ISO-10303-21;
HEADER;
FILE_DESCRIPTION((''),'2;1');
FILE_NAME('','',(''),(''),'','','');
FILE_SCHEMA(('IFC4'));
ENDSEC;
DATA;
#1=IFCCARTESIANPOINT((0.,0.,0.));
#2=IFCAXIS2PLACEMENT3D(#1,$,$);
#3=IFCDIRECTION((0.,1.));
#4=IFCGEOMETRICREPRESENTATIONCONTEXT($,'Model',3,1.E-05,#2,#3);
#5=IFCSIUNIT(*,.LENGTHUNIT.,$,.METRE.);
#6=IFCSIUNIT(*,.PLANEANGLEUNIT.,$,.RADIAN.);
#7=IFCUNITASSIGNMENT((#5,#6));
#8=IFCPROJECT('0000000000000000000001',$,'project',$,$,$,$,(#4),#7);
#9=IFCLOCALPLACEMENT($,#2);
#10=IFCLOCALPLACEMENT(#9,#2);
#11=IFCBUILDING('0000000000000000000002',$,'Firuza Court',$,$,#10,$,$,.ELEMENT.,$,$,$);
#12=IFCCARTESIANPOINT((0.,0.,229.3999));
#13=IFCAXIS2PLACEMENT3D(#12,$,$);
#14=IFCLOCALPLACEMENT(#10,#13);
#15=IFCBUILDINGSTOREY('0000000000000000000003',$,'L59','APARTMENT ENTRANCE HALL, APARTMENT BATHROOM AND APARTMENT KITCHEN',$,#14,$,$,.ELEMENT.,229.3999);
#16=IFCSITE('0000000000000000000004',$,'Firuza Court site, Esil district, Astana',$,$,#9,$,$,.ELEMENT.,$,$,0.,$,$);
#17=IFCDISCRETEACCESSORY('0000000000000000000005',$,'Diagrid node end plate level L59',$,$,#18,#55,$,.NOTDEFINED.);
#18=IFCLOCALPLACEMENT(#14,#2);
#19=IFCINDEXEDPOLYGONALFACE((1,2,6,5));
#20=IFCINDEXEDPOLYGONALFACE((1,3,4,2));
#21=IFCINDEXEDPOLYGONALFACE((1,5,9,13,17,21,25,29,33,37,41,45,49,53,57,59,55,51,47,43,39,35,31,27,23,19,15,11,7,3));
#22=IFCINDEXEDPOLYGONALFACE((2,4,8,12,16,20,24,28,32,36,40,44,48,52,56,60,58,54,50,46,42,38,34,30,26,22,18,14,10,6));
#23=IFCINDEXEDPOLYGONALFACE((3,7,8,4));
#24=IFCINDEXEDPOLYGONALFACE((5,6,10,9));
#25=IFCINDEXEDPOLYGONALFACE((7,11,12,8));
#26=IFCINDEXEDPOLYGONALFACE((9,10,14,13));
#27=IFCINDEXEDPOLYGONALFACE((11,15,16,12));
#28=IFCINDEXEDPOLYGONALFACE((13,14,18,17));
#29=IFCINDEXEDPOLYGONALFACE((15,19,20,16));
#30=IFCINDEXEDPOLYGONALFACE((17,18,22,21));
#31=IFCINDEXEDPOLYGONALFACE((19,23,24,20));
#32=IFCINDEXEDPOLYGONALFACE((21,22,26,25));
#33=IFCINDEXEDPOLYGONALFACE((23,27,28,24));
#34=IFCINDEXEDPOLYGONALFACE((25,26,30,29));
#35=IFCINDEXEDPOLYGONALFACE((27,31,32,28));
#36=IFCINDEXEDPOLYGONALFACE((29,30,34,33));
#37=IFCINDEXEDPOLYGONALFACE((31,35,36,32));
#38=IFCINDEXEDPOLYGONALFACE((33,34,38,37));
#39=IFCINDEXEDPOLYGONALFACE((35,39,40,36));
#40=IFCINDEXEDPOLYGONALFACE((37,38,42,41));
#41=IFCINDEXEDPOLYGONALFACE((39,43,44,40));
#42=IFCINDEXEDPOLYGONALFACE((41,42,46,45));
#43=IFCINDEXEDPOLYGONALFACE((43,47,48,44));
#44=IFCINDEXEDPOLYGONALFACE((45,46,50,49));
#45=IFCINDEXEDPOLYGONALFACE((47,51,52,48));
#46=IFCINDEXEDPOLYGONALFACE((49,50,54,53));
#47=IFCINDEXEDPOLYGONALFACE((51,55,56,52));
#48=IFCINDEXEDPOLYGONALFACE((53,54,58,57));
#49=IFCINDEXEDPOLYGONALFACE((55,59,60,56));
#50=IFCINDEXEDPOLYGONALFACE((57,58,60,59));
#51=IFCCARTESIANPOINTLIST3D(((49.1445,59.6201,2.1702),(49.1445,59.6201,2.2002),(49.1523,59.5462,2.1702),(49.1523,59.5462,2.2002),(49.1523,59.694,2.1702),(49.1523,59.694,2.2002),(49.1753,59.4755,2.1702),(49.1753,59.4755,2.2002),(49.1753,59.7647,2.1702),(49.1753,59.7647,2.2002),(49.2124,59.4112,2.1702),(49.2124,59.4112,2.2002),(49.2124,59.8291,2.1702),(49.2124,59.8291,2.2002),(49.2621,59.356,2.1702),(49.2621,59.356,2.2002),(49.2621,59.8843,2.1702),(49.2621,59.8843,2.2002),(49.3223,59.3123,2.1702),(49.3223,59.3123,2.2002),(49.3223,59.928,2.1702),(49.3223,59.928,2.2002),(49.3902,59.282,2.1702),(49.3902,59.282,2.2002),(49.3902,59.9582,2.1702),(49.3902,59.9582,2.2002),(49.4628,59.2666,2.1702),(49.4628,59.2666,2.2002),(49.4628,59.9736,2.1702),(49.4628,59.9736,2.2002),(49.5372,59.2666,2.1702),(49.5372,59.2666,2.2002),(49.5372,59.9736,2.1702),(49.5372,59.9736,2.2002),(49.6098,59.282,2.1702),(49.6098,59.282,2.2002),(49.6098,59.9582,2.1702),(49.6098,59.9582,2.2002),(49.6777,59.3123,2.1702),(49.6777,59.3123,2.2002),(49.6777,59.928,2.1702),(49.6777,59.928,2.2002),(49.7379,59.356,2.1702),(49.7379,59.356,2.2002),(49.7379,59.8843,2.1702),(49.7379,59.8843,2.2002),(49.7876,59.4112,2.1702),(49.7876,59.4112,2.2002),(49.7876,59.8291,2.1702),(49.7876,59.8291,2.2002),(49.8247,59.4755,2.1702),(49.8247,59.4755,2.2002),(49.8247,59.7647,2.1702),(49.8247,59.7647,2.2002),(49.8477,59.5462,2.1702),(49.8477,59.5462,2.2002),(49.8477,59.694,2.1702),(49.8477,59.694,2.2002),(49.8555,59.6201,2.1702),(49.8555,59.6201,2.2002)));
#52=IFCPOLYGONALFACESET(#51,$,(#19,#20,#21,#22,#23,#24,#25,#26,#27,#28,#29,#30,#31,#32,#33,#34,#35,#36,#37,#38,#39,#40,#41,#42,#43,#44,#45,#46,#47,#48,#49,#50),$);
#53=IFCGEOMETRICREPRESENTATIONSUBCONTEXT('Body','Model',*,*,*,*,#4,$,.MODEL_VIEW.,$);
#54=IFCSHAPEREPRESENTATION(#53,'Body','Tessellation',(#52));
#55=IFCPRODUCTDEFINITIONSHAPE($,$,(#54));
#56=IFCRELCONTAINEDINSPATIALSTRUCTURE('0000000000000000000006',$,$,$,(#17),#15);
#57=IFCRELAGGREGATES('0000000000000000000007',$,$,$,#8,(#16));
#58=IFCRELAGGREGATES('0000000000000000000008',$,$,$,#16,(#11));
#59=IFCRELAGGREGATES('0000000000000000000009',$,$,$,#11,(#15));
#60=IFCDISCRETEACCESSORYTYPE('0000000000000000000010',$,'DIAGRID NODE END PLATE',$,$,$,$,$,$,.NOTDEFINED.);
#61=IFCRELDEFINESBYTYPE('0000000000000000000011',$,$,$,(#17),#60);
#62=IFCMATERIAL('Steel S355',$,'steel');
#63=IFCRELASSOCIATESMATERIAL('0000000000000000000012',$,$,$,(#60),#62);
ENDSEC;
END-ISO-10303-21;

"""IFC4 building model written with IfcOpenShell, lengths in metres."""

from ifc_helpers import new_model, si_unit, direction, frame, origin, origin_2d, place, context, subcontext, project, spatial, circle, extrude, material, material_profile, profile_set, type_object, element, save


model = new_model("IFC4")

# Units and contexts
model_context = context("Model", 3, precision=1e-05, world=origin(), true_north=direction((0.0, 1.0)))
body_context = subcontext(model_context, "Body", "Model", "MODEL_VIEW")
ifc_project = project(units=[si_unit("LENGTHUNIT", "METRE"), si_unit("PLANEANGLEUNIT", "RADIAN")], contexts=[model_context])

# Site, building, storey
site_placement = place(None, origin())
site = spatial("IfcSite", under=ifc_project, at=site_placement, Name="Firuza Court site, Esil district, Astana", CompositionType="ELEMENT", RefElevation=0.0)
building_placement = place(site_placement, origin())
building = spatial("IfcBuilding", under=site, at=building_placement, Name="Firuza Court", CompositionType="ELEMENT")
storey_placement = place(building_placement, frame((0.0, 0.0, 229.3999)))
storey = spatial("IfcBuildingStorey", under=building, at=storey_placement, Name="L59", Description="APARTMENT ENTRANCE HALL, APARTMENT BATHROOM AND APARTMENT KITCHEN", CompositionType="ELEMENT", Elevation=229.3999)

# Discrete accessory
ifc_material_1 = material(Name="Steel S355", Category="steel")
ifc_material_profile_1 = material_profile(ifc_material_1, circle(Radius=0.3555, at=origin_2d()), Name="PL D711")
ifc_profile_set_1 = profile_set([ifc_material_profile_1], Name="Steel S355")
discrete_accessory_type = type_object("IfcDiscreteAccessoryType", Name="DIAGRID NODE END PLATE", PredefinedType="NOTDEFINED", material=ifc_profile_set_1)
for number, where, z_axis, x_axis, name in (
    (1, (49.5, 59.6201, 2.1702), (0.0, 0.0, 1.0), (1.0, 0.0, 0.0), "Diagrid node end plate level L59"),
):
    element("IfcDiscreteAccessory", number, at=place(storey_placement, frame(where, z_axis=z_axis, x_axis=x_axis)), inside=storey, type_object=discrete_accessory_type, Name=name, PredefinedType="NOTDEFINED", context=body_context, shape_type="SweptSolid", body=[
        extrude(circle(Radius=0.3555, at=origin_2d()), origin(), (0.0, 0.0, 1.0), 0.03),
    ])

save(model, "model.ifc")
